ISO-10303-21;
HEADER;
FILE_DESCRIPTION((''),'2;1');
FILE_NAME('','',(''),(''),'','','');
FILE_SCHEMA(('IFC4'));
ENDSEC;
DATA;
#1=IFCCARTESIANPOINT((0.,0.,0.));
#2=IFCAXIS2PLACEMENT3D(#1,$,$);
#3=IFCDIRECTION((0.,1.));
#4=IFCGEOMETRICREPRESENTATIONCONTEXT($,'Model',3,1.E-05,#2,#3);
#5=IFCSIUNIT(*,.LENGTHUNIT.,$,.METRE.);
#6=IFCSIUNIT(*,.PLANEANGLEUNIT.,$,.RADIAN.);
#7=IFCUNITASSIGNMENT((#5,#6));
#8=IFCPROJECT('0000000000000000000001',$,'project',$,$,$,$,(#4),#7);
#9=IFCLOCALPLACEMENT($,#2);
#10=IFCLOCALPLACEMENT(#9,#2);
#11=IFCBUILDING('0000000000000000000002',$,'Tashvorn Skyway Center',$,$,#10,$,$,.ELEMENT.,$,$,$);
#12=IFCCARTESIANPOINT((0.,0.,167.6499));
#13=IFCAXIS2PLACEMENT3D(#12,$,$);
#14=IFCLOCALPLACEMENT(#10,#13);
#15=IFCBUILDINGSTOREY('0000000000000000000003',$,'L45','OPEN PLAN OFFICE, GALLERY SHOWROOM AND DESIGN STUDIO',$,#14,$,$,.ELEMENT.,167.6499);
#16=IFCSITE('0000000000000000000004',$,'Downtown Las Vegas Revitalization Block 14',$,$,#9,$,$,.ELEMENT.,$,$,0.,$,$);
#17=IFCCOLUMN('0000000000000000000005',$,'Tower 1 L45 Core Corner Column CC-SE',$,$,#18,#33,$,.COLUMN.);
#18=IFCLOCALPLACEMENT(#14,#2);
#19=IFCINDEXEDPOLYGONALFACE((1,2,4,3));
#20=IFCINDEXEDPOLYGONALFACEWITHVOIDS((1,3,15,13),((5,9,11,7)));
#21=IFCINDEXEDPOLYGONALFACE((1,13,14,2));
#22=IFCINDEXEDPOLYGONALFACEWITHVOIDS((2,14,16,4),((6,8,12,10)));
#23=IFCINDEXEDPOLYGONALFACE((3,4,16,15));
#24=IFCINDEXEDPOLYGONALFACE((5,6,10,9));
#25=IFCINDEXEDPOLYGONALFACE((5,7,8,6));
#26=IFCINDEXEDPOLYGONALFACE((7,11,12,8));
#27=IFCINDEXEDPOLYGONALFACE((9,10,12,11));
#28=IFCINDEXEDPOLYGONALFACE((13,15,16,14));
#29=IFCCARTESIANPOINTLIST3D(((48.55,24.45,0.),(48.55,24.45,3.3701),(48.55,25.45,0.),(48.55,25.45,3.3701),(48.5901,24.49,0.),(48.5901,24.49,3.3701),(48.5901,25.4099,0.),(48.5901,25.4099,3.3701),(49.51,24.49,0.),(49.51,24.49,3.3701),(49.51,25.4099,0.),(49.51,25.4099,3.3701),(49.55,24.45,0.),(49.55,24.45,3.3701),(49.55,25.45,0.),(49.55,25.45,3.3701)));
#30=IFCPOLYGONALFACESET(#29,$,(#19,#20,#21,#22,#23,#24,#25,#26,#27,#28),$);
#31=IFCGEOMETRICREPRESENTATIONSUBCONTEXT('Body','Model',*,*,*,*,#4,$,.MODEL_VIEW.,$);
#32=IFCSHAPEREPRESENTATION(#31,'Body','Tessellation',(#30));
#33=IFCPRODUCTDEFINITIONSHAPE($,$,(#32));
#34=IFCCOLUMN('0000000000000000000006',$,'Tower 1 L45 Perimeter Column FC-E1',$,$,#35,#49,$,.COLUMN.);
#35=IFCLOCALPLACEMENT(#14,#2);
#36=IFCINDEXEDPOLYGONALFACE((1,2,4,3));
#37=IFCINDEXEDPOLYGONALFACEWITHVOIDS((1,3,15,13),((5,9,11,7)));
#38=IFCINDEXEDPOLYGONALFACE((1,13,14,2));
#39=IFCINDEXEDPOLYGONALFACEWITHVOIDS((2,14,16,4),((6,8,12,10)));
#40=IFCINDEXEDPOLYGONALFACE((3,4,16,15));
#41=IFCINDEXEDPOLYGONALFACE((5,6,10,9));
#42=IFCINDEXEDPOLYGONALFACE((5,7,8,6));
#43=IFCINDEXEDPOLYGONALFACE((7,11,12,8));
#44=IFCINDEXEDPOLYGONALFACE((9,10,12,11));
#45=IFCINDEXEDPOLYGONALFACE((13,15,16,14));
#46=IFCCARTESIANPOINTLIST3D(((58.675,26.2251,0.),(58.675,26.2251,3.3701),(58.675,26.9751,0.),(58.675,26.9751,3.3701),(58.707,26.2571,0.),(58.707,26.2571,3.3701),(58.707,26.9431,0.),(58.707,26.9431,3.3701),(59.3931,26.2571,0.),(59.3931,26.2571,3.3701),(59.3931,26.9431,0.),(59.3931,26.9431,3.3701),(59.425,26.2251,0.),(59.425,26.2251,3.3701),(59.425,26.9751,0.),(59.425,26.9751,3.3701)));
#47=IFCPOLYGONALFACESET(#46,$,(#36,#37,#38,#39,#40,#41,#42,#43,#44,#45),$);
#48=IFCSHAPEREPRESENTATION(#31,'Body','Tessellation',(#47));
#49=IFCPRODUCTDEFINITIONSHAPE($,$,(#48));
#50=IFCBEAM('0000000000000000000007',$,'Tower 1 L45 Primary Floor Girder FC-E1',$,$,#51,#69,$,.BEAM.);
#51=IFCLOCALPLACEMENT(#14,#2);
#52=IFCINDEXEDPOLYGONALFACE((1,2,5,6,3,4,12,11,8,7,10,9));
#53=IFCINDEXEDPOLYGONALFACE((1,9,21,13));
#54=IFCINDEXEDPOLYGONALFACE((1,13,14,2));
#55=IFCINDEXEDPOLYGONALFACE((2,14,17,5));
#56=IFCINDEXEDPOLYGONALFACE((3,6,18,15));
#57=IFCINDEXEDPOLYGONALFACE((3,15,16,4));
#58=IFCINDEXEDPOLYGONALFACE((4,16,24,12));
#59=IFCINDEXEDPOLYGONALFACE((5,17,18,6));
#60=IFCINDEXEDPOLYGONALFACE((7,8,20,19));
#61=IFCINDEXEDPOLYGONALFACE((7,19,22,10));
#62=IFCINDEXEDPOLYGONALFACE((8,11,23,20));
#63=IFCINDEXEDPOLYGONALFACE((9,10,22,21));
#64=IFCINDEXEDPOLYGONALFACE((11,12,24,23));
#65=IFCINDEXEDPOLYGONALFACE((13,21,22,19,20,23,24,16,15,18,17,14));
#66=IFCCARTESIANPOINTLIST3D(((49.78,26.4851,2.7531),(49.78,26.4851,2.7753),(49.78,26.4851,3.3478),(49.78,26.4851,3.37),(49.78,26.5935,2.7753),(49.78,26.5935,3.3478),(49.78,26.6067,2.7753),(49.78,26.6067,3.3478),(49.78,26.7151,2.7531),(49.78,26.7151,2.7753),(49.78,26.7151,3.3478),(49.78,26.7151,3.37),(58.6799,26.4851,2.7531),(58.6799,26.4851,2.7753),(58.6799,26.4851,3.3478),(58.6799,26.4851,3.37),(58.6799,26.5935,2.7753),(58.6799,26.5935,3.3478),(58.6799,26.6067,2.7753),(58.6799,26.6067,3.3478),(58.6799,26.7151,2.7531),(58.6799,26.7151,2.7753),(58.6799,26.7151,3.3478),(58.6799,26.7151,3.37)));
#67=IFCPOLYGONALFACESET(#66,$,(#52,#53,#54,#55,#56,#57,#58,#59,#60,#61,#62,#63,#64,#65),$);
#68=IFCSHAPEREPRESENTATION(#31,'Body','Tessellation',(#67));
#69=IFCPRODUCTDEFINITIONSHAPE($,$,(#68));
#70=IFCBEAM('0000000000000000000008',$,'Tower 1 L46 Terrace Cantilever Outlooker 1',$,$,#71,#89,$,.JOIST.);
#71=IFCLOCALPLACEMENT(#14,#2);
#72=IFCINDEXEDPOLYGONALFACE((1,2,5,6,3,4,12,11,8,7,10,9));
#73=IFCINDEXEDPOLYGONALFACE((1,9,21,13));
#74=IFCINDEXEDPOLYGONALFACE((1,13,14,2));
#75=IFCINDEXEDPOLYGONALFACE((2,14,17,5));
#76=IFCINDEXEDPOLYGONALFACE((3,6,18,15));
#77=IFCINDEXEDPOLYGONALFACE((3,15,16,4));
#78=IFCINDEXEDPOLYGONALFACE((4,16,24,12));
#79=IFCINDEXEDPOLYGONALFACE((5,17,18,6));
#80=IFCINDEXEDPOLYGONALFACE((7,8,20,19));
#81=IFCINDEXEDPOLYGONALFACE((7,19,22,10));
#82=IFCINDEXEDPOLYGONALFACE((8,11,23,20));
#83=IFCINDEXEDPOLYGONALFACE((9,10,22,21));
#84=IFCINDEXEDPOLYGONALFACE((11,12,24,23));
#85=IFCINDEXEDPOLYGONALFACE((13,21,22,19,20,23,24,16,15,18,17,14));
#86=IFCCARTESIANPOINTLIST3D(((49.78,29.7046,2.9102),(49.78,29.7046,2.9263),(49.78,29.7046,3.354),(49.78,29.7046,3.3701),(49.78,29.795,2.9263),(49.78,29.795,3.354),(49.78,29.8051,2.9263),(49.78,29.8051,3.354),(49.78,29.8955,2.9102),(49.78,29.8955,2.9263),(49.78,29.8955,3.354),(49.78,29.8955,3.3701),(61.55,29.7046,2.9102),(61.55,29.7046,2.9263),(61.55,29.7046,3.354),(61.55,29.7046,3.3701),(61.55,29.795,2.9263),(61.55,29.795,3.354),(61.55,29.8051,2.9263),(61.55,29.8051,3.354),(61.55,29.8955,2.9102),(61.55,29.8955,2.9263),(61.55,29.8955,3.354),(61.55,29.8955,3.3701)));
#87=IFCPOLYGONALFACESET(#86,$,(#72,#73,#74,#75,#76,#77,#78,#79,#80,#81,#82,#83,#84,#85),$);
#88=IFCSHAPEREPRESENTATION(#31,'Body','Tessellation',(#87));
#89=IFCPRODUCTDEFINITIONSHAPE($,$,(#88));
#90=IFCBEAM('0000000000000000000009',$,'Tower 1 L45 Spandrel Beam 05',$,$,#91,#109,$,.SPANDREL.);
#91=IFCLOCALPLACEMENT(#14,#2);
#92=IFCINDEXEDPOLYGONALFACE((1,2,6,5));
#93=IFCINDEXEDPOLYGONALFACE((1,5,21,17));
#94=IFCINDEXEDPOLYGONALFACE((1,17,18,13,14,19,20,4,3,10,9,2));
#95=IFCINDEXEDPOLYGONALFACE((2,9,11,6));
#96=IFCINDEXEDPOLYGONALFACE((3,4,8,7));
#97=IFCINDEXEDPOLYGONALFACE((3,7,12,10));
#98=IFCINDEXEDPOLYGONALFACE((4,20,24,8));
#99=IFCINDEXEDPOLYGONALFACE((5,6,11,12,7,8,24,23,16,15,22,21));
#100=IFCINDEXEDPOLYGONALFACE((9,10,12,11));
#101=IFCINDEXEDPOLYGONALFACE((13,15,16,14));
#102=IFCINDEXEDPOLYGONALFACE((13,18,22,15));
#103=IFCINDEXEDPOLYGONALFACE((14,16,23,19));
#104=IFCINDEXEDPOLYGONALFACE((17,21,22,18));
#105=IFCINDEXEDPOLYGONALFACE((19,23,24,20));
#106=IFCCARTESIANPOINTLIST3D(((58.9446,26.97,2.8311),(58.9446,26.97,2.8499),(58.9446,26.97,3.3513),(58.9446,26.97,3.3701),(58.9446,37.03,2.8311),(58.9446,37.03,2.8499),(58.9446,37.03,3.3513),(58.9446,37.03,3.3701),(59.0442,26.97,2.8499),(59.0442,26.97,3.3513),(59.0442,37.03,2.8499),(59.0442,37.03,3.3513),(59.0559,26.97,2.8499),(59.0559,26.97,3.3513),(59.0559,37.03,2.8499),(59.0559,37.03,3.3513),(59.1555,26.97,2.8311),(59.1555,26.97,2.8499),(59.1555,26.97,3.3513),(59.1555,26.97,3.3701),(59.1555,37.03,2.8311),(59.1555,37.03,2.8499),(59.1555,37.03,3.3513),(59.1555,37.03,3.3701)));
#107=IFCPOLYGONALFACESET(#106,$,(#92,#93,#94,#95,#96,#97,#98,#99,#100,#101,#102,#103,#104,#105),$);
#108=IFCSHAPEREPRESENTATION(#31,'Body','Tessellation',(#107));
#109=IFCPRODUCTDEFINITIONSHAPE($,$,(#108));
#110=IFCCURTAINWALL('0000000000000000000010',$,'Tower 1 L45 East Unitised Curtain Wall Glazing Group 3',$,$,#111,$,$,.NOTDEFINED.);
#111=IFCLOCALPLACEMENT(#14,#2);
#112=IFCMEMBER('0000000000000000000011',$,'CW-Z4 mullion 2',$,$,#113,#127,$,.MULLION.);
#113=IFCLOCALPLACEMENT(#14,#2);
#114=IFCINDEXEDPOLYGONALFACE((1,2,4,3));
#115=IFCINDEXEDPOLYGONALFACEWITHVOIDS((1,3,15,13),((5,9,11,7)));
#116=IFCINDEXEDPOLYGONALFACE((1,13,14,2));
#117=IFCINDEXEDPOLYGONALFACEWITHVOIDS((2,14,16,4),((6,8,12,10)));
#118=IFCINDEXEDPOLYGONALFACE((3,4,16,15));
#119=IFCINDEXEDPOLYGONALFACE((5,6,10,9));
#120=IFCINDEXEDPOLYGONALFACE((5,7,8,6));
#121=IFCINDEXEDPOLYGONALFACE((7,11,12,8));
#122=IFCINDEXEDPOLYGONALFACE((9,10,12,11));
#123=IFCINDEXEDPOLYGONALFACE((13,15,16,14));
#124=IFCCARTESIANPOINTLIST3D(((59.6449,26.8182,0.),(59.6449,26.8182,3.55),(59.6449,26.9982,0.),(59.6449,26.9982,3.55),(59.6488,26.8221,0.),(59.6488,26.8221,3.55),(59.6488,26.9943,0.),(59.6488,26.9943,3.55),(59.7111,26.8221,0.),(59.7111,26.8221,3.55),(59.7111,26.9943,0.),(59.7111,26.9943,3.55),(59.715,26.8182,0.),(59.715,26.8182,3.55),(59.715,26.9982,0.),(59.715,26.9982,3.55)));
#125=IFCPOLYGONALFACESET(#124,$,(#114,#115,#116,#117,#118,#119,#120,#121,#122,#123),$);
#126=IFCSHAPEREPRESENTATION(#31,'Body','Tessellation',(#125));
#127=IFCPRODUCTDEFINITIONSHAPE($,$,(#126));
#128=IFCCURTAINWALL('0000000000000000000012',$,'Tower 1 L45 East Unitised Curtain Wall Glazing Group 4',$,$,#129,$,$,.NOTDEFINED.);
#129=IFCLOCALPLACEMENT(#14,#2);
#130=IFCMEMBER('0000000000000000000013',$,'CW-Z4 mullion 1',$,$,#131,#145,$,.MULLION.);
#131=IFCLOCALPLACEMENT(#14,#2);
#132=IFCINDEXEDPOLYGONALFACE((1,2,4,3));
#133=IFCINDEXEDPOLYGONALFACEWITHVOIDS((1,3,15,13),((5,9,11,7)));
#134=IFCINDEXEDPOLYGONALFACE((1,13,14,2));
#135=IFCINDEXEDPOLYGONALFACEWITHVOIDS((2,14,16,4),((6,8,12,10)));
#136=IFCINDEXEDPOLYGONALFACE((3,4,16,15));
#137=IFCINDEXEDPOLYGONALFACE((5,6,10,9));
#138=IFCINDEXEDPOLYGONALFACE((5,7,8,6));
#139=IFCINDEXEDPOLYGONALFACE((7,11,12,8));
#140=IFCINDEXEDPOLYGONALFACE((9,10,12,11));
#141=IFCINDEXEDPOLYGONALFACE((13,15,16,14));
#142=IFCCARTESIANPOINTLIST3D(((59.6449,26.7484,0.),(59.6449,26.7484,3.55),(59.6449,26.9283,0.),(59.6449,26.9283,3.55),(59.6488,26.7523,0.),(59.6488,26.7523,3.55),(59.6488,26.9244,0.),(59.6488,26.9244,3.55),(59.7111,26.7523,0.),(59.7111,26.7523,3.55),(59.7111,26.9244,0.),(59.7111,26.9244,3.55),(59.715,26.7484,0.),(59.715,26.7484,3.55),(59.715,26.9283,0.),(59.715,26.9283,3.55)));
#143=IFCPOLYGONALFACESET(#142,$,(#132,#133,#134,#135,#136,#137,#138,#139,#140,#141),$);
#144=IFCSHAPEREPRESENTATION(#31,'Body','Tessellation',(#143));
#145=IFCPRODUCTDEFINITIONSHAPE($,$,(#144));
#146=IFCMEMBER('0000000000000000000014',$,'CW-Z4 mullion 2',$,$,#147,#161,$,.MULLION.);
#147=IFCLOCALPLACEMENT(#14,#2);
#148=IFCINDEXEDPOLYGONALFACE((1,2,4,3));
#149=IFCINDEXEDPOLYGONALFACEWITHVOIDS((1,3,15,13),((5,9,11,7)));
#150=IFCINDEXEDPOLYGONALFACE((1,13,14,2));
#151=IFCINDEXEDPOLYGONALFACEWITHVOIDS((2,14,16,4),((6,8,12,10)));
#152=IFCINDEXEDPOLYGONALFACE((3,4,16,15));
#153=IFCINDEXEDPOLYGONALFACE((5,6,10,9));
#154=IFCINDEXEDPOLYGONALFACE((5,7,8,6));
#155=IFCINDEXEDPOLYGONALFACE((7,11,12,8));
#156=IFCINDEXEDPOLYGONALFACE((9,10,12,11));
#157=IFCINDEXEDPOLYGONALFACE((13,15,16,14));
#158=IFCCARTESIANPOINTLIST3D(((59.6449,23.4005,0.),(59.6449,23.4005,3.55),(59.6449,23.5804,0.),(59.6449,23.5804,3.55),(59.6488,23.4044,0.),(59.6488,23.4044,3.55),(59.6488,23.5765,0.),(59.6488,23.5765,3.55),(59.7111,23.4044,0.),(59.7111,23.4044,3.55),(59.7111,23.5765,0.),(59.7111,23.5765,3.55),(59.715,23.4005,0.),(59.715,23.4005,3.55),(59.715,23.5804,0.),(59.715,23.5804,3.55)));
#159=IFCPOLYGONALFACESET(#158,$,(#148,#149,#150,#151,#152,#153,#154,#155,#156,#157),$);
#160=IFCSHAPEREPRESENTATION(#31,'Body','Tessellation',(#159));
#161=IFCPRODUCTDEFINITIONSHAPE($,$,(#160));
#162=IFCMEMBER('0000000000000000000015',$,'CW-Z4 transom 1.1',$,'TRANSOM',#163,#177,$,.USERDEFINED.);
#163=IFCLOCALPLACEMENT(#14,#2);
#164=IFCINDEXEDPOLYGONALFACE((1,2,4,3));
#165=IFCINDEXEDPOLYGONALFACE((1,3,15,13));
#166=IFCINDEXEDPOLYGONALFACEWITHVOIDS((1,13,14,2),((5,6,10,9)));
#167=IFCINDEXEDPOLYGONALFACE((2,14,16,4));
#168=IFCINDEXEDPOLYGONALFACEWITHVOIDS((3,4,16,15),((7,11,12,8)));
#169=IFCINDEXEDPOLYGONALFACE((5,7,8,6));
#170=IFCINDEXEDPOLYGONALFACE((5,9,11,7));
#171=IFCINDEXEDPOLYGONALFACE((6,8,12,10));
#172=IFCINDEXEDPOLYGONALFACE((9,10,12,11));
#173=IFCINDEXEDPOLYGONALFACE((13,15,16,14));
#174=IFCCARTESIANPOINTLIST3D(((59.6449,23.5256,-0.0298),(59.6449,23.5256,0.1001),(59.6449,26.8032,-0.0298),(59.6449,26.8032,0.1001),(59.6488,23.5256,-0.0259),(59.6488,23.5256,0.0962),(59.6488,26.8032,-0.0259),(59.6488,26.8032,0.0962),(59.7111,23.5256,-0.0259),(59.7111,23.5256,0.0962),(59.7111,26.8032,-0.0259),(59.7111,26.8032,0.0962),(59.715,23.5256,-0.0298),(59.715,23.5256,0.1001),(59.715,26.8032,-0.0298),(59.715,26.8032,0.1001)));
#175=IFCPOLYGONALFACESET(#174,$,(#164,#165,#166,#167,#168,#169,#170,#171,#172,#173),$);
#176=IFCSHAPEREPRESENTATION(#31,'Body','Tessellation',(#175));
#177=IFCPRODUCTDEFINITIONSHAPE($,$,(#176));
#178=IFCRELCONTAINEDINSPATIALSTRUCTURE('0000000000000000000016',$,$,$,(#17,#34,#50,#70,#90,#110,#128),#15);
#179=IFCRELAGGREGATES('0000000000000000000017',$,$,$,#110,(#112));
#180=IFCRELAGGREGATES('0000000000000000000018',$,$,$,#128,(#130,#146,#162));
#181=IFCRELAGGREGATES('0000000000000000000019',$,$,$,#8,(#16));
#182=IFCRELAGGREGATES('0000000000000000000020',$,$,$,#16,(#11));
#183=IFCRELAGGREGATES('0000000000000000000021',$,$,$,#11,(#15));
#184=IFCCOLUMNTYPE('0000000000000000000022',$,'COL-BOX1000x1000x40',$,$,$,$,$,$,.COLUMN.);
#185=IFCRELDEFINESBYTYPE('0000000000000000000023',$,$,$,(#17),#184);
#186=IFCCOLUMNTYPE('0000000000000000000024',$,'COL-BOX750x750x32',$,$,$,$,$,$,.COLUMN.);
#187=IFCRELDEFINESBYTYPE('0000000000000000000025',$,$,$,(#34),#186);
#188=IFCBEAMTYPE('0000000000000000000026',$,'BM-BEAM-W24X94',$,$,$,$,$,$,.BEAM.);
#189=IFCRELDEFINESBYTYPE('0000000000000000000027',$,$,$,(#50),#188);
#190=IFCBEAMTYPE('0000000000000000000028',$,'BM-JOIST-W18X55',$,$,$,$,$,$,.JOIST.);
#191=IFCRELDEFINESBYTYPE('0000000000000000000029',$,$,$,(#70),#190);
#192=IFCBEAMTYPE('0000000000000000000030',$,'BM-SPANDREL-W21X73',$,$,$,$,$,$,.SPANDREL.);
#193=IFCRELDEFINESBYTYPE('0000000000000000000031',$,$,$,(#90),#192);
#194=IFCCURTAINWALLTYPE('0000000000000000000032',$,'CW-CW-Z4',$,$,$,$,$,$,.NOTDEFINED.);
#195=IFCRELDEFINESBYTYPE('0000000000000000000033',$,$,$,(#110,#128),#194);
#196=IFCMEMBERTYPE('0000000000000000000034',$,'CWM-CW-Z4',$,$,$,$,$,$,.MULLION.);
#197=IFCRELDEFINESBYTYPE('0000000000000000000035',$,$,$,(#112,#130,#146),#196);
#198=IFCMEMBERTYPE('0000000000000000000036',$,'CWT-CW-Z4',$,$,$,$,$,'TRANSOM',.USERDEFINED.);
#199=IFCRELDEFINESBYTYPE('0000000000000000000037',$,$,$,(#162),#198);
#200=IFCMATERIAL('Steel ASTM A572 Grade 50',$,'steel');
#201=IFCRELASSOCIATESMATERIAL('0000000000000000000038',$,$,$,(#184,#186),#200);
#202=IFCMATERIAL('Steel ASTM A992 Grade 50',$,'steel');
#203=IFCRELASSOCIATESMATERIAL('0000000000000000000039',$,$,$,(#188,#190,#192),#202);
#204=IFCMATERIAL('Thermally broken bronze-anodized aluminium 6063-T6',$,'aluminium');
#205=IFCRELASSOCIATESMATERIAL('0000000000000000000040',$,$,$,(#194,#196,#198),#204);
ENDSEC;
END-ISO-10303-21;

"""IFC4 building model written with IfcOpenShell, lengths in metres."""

from ifc_helpers import new_model, si_unit, direction, frame, origin, origin_2d, place, context, subcontext, project, spatial, hollow_rectangle, i_section, extrude, material, material_profile, profile_set, type_object, element, aggregate, save


model = new_model("IFC4")

# Units and contexts
model_context = context("Model", 3, precision=1e-05, world=origin(), true_north=direction((0.0, 1.0)))
body_context = subcontext(model_context, "Body", "Model", "MODEL_VIEW")
ifc_project = project(units=[si_unit("LENGTHUNIT", "METRE"), si_unit("PLANEANGLEUNIT", "RADIAN")], contexts=[model_context])

# Site, building, storey
site_placement = place(None, origin())
site = spatial("IfcSite", under=ifc_project, at=site_placement, Name="Downtown Las Vegas Revitalization Block 14", CompositionType="ELEMENT", RefElevation=0.0)
building_placement = place(site_placement, origin())
building = spatial("IfcBuilding", under=site, at=building_placement, Name="Tashvorn Skyway Center", CompositionType="ELEMENT")
storey_placement = place(building_placement, frame((0.0, 0.0, 167.6499)))
storey = spatial("IfcBuildingStorey", under=building, at=storey_placement, Name="L45", Description="OPEN PLAN OFFICE, GALLERY SHOWROOM AND DESIGN STUDIO", CompositionType="ELEMENT", Elevation=167.6499)

# Columns
ifc_material_1 = material(Name="Steel ASTM A572 Grade 50", Category="steel")
ifc_material_profile_1 = material_profile(ifc_material_1, hollow_rectangle(XDim=1.0, YDim=1.0, WallThickness=0.04, at=origin_2d()), Name="BOX1000x1000x40")
ifc_profile_set_1 = profile_set([ifc_material_profile_1], Name="Steel ASTM A572 Grade 50")
column_type_1 = type_object("IfcColumnType", Name="COL-BOX1000x1000x40", PredefinedType="COLUMN", material=ifc_profile_set_1)
column_1_placement = place(storey_placement, frame((49.05, 24.95, 0.0), z_axis=(0.0, 0.0, 1.0), x_axis=(1.0, 0.0, 0.0)))
element("IfcColumn", 1, at=column_1_placement, inside=storey, type_object=column_type_1, Name="Tower 1 L45 Core Corner Column CC-SE", PredefinedType="COLUMN", context=body_context, shape_type="SweptSolid", body=[
    extrude(hollow_rectangle(XDim=1.0, YDim=1.0, WallThickness=0.04, at=origin_2d()), origin(), (0.0, 0.0, 1.0), 3.3701),
])
ifc_material_profile_2 = material_profile(ifc_material_1, hollow_rectangle(XDim=0.75, YDim=0.75, WallThickness=0.032, at=origin_2d()), Name="BOX750x750x32")
ifc_profile_set_2 = profile_set([ifc_material_profile_2], Name="Steel ASTM A572 Grade 50")
column_type_2 = type_object("IfcColumnType", Name="COL-BOX750x750x32", PredefinedType="COLUMN", material=ifc_profile_set_2)
column_2_placement = place(storey_placement, frame((59.05, 26.6001, 0.0), z_axis=(0.0, 0.0, 1.0), x_axis=(1.0, 0.0, 0.0)))
element("IfcColumn", 2, at=column_2_placement, inside=storey, type_object=column_type_2, Name="Tower 1 L45 Perimeter Column FC-E1", PredefinedType="COLUMN", context=body_context, shape_type="SweptSolid", body=[
    extrude(hollow_rectangle(XDim=0.75, YDim=0.75, WallThickness=0.032, at=origin_2d()), origin(), (0.0, 0.0, 1.0), 3.3701),
])

# Beams
ifc_material_2 = material(Name="Steel ASTM A992 Grade 50", Category="steel")
ifc_material_profile_3 = material_profile(ifc_material_2, i_section(OverallWidth=0.23, OverallDepth=0.6169, WebThickness=0.0132, FlangeThickness=0.0222, at=origin_2d()), Name="W24X94")
ifc_profile_set_3 = profile_set([ifc_material_profile_3], Name="Steel ASTM A992 Grade 50")
beam_type_1 = type_object("IfcBeamType", Name="BM-BEAM-W24X94", PredefinedType="BEAM", material=ifc_profile_set_3)
beam_1_placement = place(storey_placement, frame((58.6799, 26.6001, 3.0615), z_axis=(-1.0, 0.0, 0.0), x_axis=(0.0, -1.0, 0.0)))
element("IfcBeam", 3, at=beam_1_placement, inside=storey, type_object=beam_type_1, Name="Tower 1 L45 Primary Floor Girder FC-E1", PredefinedType="BEAM", context=body_context, shape_type="SweptSolid", body=[
    extrude(i_section(OverallWidth=0.23, OverallDepth=0.6169, WebThickness=0.0132, FlangeThickness=0.0222, at=origin_2d()), origin(), (0.0, 0.0, 1.0), 8.8999),
])
ifc_material_profile_4 = material_profile(ifc_material_2, i_section(OverallWidth=0.1909, OverallDepth=0.46, WebThickness=0.01, FlangeThickness=0.0161, at=origin_2d()), Name="W18X55")
ifc_profile_set_4 = profile_set([ifc_material_profile_4], Name="Steel ASTM A992 Grade 50")
beam_type_2 = type_object("IfcBeamType", Name="BM-JOIST-W18X55", PredefinedType="JOIST", material=ifc_profile_set_4)
beam_2_placement = place(storey_placement, frame((49.78, 29.8, 3.1401), z_axis=(1.0, 0.0, 0.0), x_axis=(0.0, 1.0, 0.0)))
element("IfcBeam", 4, at=beam_2_placement, inside=storey, type_object=beam_type_2, Name="Tower 1 L46 Terrace Cantilever Outlooker 1", PredefinedType="JOIST", context=body_context, shape_type="SweptSolid", body=[
    extrude(i_section(OverallWidth=0.1909, OverallDepth=0.46, WebThickness=0.01, FlangeThickness=0.0161, at=origin_2d()), origin(), (0.0, 0.0, 1.0), 11.77),
])
ifc_material_profile_5 = material_profile(ifc_material_2, i_section(OverallWidth=0.2109, OverallDepth=0.5391, WebThickness=0.0117, FlangeThickness=0.0188, at=origin_2d()), Name="W21X73")
ifc_profile_set_5 = profile_set([ifc_material_profile_5], Name="Steel ASTM A992 Grade 50")
beam_type_3 = type_object("IfcBeamType", Name="BM-SPANDREL-W21X73", PredefinedType="SPANDREL", material=ifc_profile_set_5)
beam_3_placement = place(storey_placement, frame((59.05, 26.97, 3.1006), z_axis=(0.0, 1.0, 0.0), x_axis=(-1.0, 0.0, 0.0)))
element("IfcBeam", 5, at=beam_3_placement, inside=storey, type_object=beam_type_3, Name="Tower 1 L45 Spandrel Beam 05", PredefinedType="SPANDREL", context=body_context, shape_type="SweptSolid", body=[
    extrude(i_section(OverallWidth=0.2109, OverallDepth=0.5391, WebThickness=0.0117, FlangeThickness=0.0188, at=origin_2d()), origin(), (0.0, 0.0, 1.0), 10.0601),
])

# Curtain wall, member
ifc_material_3 = material(Name="Thermally broken bronze-anodized aluminium 6063-T6", Category="aluminium")
curtain_wall_type = type_object("IfcCurtainWallType", Name="CW-CW-Z4", PredefinedType="NOTDEFINED", material=ifc_material_3)
curtain_wall_1_placement = place(storey_placement, origin())
curtain_wall_1 = element("IfcCurtainWall", 6, at=curtain_wall_1_placement, inside=storey, type_object=curtain_wall_type, Name="Tower 1 L45 East Unitised Curtain Wall Glazing Group 3", PredefinedType="NOTDEFINED")
ifc_material_profile_6 = material_profile(ifc_material_3, hollow_rectangle(XDim=0.0701, YDim=0.1799, WallThickness=0.0039, at=origin_2d()), Name="ALU-MULL-70x180")
ifc_profile_set_6 = profile_set([ifc_material_profile_6], Name="Thermally broken bronze-anodized aluminium 6063-T6")
member_type_1 = type_object("IfcMemberType", Name="CWM-CW-Z4", PredefinedType="MULLION", material=ifc_profile_set_6)
member_1_placement = place(storey_placement, frame((59.6799, 26.9082, 0.0), z_axis=(0.0, 0.0, 1.0), x_axis=(1.0, 0.0, 0.0)))
member_1 = element("IfcMember", 7, at=member_1_placement, type_object=member_type_1, Name="CW-Z4 mullion 2", PredefinedType="MULLION", context=body_context, shape_type="SweptSolid", body=[
    extrude(hollow_rectangle(XDim=0.0701, YDim=0.1799, WallThickness=0.0039, at=origin_2d()), origin(), (0.0, 0.0, 1.0), 3.55),
])
aggregate(curtain_wall_1, [member_1])

# Curtain wall, members
curtain_wall_2_placement = place(storey_placement, origin())
curtain_wall_2 = element("IfcCurtainWall", 8, at=curtain_wall_2_placement, inside=storey, type_object=curtain_wall_type, Name="Tower 1 L45 East Unitised Curtain Wall Glazing Group 4", PredefinedType="NOTDEFINED")
member_2_placement = place(storey_placement, frame((59.6799, 26.8384, 0.0), z_axis=(0.0, 0.0, 1.0), x_axis=(1.0, 0.0, 0.0)))
member_2 = element("IfcMember", 9, at=member_2_placement, type_object=member_type_1, Name="CW-Z4 mullion 1", PredefinedType="MULLION", context=body_context, shape_type="SweptSolid", body=[
    extrude(hollow_rectangle(XDim=0.0701, YDim=0.1799, WallThickness=0.0039, at=origin_2d()), origin(), (0.0, 0.0, 1.0), 3.55),
])
member_3_placement = place(storey_placement, frame((59.6799, 23.4905, 0.0), z_axis=(0.0, 0.0, 1.0), x_axis=(1.0, 0.0, 0.0)))
member_3 = element("IfcMember", 10, at=member_3_placement, type_object=member_type_1, Name="CW-Z4 mullion 2", PredefinedType="MULLION", context=body_context, shape_type="SweptSolid", body=[
    extrude(hollow_rectangle(XDim=0.0701, YDim=0.1799, WallThickness=0.0039, at=origin_2d()), origin(), (0.0, 0.0, 1.0), 3.55),
])
ifc_material_profile_7 = material_profile(ifc_material_3, hollow_rectangle(XDim=0.0701, YDim=0.1299, WallThickness=0.0039, at=origin_2d()), Name="ALU-TRAN-70x130")
ifc_profile_set_7 = profile_set([ifc_material_profile_7], Name="Thermally broken bronze-anodized aluminium 6063-T6")
member_type_2 = type_object("IfcMemberType", Name="CWT-CW-Z4", ElementType="TRANSOM", PredefinedType="USERDEFINED", material=ifc_profile_set_7)
member_4_placement = place(storey_placement, frame((59.6799, 26.8032, 0.0352), z_axis=(0.0, -1.0, 0.0), x_axis=(1.0, 0.0, 0.0)))
member_4 = element("IfcMember", 11, at=member_4_placement, type_object=member_type_2, Name="CW-Z4 transom 1.1", ObjectType="TRANSOM", PredefinedType="USERDEFINED", context=body_context, shape_type="SweptSolid", body=[
    extrude(hollow_rectangle(XDim=0.0701, YDim=0.1299, WallThickness=0.0039, at=origin_2d()), origin(), (0.0, 0.0, 1.0), 3.2776),
])
aggregate(curtain_wall_2, [member_2, member_3, member_4])

save(model, "model.ifc")
